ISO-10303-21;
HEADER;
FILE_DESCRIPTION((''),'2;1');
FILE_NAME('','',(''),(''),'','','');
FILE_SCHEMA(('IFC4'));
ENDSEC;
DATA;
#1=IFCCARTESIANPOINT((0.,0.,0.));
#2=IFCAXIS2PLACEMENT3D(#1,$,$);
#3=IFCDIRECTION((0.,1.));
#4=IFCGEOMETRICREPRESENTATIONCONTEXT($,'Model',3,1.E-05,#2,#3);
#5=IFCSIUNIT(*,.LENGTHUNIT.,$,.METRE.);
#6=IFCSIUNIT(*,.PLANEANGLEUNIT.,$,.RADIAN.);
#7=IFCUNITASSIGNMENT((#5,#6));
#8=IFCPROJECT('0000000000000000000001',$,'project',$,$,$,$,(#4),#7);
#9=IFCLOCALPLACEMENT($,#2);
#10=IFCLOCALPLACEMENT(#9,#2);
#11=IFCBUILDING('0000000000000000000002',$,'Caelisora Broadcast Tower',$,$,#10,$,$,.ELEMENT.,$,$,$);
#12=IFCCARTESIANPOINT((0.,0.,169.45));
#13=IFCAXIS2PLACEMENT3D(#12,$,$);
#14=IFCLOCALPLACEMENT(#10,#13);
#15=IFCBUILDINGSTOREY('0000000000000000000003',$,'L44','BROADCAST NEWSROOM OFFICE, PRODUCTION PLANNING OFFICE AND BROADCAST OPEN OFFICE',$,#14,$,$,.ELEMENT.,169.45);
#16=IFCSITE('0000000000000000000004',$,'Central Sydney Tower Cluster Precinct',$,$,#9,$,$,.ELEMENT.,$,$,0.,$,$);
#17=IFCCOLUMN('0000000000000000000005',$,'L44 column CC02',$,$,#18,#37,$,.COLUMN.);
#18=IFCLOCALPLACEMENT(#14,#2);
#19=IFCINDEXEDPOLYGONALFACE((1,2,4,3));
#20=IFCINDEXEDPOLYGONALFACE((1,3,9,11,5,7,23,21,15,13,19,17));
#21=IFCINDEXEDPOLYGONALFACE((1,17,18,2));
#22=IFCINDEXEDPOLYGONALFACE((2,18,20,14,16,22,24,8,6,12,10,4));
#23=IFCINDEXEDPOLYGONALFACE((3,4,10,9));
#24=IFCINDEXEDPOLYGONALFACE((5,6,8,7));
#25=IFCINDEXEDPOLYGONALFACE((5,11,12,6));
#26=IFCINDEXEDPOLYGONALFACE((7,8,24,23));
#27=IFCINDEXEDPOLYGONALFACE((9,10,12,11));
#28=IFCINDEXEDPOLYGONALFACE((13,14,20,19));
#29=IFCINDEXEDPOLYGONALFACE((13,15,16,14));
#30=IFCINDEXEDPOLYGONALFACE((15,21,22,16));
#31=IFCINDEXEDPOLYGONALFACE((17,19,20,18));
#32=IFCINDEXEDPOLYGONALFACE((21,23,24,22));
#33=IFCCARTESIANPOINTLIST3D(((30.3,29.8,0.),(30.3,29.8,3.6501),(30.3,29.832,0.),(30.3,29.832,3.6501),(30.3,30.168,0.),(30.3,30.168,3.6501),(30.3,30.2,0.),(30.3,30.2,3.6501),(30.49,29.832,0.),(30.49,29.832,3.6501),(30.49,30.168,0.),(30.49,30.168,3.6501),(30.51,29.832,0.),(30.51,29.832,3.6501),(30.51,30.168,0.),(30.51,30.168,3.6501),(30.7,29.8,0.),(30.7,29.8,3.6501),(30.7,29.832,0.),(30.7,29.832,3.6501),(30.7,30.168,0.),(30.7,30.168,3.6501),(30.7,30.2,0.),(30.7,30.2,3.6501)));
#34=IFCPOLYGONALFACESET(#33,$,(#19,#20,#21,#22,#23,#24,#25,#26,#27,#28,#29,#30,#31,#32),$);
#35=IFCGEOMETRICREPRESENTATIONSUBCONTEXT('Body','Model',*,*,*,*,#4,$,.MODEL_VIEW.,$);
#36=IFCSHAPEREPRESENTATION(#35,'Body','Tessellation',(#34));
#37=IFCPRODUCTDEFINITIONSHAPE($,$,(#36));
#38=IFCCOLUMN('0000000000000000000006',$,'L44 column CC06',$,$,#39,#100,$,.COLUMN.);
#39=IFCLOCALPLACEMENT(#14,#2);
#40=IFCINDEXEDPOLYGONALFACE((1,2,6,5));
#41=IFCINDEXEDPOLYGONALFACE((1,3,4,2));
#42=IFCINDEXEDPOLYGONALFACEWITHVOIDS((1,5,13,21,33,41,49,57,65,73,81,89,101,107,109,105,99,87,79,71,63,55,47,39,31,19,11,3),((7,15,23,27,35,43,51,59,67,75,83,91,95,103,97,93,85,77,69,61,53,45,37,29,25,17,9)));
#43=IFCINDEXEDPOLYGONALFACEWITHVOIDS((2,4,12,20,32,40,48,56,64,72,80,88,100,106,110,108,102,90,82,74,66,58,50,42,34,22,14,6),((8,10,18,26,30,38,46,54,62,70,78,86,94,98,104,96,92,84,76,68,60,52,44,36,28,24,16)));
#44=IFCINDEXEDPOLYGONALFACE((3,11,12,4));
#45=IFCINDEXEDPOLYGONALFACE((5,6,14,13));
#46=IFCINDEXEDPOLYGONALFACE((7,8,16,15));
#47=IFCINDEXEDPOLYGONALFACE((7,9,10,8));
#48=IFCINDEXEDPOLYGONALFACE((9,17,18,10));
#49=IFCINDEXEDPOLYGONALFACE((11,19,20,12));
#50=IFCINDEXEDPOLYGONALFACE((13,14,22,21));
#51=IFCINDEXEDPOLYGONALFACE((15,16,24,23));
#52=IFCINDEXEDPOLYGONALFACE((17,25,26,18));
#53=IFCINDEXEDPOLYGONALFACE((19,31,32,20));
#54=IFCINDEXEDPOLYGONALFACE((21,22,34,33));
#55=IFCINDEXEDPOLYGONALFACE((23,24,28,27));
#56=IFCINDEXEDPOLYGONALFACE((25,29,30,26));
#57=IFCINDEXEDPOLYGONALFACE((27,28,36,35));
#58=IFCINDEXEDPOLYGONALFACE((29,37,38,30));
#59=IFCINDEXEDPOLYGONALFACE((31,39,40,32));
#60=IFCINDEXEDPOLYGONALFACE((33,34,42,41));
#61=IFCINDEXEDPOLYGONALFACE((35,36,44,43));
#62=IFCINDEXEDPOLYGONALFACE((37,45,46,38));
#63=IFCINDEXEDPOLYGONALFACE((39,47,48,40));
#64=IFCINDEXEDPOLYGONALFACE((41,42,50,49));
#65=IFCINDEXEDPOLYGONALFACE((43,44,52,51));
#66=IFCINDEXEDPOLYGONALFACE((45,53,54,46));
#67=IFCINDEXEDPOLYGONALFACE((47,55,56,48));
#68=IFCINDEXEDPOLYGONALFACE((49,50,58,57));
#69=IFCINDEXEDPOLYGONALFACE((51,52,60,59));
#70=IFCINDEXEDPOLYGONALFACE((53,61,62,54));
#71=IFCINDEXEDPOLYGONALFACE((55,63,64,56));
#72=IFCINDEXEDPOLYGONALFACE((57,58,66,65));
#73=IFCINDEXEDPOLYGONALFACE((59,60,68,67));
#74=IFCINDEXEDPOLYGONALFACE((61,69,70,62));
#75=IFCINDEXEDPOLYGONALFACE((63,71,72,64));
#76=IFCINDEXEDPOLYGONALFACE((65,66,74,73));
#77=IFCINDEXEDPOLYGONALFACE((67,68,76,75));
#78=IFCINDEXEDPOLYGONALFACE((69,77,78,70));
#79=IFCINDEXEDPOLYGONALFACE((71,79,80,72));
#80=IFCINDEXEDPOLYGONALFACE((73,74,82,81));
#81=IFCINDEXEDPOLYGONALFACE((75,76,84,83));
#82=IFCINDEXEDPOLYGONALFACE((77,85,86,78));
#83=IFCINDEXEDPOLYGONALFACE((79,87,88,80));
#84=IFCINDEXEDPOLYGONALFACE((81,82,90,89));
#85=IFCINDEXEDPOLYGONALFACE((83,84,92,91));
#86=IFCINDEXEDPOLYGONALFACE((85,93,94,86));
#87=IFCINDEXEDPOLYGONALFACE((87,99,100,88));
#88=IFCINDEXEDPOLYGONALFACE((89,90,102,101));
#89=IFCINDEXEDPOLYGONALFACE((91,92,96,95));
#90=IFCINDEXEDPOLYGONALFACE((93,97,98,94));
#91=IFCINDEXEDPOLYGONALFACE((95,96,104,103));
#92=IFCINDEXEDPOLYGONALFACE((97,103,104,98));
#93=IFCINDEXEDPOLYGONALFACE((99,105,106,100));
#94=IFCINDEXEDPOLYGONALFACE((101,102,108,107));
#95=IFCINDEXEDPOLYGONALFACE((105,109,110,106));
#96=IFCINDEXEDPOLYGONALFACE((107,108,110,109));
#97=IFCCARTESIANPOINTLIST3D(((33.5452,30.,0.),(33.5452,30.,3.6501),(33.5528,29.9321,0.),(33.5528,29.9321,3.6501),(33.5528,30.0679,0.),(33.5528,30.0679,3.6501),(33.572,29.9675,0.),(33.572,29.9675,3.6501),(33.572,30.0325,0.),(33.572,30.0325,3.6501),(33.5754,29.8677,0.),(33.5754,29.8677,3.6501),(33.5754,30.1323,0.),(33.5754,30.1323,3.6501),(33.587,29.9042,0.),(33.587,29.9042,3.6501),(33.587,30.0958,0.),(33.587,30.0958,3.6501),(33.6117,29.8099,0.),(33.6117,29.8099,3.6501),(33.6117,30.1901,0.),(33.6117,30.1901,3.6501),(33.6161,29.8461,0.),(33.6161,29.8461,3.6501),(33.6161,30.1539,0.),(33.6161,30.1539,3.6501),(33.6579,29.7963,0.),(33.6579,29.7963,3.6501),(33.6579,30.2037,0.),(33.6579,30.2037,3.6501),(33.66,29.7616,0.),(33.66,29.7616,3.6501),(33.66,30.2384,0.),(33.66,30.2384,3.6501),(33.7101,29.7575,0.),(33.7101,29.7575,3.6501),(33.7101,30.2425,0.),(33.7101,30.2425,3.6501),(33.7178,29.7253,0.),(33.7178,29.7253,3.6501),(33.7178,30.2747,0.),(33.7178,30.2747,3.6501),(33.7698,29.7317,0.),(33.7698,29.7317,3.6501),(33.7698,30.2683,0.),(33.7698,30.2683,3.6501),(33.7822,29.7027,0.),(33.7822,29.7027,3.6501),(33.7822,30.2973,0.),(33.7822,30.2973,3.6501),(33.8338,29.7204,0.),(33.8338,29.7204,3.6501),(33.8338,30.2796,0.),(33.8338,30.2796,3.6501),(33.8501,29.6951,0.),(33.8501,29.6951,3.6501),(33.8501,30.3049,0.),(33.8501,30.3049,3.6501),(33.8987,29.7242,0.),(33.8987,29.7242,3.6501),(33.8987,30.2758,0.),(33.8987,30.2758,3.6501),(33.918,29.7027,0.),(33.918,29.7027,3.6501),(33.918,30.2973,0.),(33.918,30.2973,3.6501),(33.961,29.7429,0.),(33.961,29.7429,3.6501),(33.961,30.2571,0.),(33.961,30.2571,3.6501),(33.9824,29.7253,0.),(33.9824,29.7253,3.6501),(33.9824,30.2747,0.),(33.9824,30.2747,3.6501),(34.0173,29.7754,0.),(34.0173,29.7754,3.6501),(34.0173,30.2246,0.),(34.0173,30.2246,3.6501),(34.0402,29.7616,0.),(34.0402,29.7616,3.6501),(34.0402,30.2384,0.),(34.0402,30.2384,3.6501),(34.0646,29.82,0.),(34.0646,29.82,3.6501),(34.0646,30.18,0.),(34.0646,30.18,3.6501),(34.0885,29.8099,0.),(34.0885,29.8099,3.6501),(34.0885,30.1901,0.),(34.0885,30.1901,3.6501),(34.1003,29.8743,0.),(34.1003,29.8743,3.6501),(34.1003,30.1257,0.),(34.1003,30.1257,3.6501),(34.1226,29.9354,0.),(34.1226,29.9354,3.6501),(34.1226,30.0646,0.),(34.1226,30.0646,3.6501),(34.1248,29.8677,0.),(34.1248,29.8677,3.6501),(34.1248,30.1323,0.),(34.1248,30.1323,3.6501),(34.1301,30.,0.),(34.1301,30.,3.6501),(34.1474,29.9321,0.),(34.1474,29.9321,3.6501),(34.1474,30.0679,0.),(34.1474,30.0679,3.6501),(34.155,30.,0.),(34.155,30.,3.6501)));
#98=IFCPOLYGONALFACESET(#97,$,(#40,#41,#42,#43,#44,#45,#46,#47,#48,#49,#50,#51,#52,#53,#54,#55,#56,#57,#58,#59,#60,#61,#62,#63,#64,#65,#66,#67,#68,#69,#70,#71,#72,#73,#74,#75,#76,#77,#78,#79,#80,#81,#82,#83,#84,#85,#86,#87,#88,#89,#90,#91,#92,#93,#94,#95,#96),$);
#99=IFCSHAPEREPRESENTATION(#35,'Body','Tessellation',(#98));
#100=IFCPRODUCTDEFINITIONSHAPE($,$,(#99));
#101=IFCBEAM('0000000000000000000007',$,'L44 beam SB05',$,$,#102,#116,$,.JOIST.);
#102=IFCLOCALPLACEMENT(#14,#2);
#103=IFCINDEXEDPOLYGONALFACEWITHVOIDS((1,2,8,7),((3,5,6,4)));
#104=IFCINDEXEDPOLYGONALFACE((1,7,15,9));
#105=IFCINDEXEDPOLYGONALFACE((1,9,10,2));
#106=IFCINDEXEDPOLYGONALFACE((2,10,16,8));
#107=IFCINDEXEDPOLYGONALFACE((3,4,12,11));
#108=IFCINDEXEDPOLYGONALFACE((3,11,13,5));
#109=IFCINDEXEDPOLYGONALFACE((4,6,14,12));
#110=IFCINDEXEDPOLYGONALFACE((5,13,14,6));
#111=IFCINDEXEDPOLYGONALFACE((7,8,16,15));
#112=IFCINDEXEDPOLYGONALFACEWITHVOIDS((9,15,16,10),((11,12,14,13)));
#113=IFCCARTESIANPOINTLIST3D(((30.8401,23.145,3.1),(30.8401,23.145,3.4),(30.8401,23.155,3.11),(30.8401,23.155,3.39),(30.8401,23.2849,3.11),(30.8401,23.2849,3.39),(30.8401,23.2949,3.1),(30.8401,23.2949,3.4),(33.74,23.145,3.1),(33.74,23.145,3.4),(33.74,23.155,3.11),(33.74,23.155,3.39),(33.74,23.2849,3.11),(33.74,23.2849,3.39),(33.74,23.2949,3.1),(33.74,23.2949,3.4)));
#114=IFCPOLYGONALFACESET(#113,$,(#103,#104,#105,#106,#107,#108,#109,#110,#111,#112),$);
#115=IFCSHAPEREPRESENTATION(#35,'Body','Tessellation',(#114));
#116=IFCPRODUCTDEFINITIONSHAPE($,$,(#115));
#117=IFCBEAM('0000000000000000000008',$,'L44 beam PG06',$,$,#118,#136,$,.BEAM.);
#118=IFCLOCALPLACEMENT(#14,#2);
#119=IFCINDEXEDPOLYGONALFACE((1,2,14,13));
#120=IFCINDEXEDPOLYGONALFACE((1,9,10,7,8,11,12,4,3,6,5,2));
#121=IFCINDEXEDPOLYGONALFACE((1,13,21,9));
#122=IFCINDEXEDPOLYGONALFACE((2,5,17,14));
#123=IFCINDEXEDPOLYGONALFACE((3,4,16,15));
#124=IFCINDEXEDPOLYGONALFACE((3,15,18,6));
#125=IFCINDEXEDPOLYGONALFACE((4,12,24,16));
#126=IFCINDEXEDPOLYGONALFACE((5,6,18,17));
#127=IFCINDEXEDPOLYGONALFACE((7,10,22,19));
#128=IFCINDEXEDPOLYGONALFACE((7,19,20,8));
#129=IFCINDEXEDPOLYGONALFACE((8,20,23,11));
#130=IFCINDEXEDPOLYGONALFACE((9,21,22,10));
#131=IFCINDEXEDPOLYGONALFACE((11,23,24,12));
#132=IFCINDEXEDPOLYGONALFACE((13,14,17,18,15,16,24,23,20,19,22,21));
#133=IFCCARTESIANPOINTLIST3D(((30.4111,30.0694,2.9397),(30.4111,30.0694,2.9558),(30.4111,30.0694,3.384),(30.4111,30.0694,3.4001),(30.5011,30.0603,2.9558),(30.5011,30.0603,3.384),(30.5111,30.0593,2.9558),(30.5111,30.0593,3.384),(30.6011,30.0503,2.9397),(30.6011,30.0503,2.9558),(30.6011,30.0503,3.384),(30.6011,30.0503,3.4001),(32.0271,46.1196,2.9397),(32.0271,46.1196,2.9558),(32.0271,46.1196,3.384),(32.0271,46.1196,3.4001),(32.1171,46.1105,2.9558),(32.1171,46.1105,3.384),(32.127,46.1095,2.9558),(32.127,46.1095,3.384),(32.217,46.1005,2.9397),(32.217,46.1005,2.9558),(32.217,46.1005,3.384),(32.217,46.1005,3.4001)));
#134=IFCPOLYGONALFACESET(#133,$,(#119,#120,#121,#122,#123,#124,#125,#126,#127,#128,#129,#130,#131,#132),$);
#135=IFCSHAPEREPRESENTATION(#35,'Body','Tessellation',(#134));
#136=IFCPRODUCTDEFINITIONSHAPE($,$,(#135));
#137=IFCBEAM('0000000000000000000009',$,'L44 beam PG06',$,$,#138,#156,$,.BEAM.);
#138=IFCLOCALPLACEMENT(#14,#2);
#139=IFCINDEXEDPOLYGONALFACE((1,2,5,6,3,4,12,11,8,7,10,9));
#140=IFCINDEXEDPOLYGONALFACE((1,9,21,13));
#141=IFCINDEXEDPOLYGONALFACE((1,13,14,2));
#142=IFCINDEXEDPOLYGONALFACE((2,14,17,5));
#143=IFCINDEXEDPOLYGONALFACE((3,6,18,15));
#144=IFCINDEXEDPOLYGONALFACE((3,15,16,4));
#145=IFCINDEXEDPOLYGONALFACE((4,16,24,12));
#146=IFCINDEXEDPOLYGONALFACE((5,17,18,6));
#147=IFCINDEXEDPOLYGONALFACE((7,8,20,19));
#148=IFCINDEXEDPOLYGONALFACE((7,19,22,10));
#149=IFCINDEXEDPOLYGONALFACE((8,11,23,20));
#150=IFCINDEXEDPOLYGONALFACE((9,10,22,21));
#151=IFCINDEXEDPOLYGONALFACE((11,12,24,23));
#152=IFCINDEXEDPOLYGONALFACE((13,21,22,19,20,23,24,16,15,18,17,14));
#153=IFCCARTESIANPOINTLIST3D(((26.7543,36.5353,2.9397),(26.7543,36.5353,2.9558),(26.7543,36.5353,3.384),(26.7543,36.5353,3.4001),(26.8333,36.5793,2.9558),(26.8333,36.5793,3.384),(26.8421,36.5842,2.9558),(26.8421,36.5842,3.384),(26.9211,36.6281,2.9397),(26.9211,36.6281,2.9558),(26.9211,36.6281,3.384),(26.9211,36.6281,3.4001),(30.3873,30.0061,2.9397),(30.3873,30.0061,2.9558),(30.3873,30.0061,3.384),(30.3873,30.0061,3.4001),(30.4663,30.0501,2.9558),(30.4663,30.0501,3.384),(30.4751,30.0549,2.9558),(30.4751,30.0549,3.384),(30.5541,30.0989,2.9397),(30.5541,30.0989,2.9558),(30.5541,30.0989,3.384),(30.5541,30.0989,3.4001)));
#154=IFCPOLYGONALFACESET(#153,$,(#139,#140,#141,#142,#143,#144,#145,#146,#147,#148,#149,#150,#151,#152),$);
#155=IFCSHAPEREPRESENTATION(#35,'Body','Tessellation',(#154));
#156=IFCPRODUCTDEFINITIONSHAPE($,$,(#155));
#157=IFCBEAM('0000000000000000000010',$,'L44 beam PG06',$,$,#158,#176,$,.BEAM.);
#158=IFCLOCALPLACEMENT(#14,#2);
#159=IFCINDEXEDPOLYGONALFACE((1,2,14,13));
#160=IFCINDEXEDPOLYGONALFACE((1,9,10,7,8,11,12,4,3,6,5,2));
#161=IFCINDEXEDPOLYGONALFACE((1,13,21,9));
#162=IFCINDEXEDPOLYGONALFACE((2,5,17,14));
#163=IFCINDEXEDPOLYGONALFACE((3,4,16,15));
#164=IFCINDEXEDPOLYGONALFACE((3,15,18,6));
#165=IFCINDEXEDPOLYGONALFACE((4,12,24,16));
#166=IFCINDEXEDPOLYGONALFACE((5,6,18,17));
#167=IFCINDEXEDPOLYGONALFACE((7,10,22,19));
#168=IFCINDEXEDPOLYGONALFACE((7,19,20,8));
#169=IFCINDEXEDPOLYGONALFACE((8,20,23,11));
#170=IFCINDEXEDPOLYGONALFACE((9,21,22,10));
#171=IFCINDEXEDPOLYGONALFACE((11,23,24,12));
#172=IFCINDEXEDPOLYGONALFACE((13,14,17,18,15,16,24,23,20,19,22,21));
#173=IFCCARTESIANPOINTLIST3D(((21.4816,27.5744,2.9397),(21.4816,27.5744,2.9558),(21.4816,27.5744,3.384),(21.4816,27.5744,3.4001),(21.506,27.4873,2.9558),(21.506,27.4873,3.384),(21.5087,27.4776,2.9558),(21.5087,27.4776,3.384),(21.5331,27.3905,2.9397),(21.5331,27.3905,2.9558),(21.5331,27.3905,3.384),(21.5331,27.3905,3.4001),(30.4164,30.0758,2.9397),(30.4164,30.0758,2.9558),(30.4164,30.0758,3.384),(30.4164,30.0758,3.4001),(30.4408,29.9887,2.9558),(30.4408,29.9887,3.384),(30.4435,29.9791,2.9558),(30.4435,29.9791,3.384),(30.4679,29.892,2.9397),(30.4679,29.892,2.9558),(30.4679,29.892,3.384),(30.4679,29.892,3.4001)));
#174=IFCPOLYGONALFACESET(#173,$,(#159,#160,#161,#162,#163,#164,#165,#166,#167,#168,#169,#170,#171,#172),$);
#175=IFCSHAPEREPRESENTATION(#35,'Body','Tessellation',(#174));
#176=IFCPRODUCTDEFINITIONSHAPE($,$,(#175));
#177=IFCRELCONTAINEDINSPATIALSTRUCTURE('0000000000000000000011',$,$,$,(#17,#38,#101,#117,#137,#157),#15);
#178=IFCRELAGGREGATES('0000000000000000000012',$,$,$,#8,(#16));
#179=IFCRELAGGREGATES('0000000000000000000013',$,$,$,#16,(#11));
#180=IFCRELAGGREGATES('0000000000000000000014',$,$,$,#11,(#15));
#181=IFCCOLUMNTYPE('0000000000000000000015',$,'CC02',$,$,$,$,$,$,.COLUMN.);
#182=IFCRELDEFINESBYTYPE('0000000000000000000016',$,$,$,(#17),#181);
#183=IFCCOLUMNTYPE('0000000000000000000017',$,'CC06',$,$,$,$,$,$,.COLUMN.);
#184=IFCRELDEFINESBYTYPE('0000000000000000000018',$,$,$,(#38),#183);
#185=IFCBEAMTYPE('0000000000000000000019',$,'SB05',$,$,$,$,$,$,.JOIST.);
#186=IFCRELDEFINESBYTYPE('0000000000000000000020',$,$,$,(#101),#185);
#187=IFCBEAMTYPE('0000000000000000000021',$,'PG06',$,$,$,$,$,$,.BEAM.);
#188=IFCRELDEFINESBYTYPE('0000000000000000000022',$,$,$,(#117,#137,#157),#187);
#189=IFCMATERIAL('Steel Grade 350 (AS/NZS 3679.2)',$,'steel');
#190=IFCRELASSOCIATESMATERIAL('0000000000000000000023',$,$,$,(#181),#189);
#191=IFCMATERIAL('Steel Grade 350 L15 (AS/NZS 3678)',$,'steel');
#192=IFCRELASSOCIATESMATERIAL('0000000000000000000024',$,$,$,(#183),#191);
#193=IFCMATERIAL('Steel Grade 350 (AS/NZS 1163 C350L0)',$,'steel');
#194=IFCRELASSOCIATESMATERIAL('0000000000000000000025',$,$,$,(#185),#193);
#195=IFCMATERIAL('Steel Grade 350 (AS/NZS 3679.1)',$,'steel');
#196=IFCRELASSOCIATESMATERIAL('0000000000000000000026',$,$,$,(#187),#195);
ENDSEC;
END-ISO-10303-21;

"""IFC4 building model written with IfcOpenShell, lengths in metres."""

from ifc_helpers import new_model, si_unit, direction, frame, origin, origin_2d, place, context, subcontext, project, spatial, hollow_rectangle, hollow_circle, i_section, extrude, source, transform, mapped, material, material_profile, profile_set, type_object, type_shapes, element, save


model = new_model("IFC4")

# Units and contexts
model_context = context("Model", 3, precision=1e-05, world=origin(), true_north=direction((0.0, 1.0)))
body_context = subcontext(model_context, "Body", "Model", "MODEL_VIEW")
ifc_project = project(units=[si_unit("LENGTHUNIT", "METRE"), si_unit("PLANEANGLEUNIT", "RADIAN")], contexts=[model_context])

# Site, building, storey
site_placement = place(None, origin())
site = spatial("IfcSite", under=ifc_project, at=site_placement, Name="Central Sydney Tower Cluster Precinct", CompositionType="ELEMENT", RefElevation=0.0)
building_placement = place(site_placement, origin())
building = spatial("IfcBuilding", under=site, at=building_placement, Name="Caelisora Broadcast Tower", CompositionType="ELEMENT")
storey_placement = place(building_placement, frame((0.0, 0.0, 169.45)))
storey = spatial("IfcBuildingStorey", under=building, at=storey_placement, Name="L44", Description="BROADCAST NEWSROOM OFFICE, PRODUCTION PLANNING OFFICE AND BROADCAST OPEN OFFICE", CompositionType="ELEMENT", Elevation=169.45)

# Columns
ifc_material_1 = material(Name="Steel Grade 350 (AS/NZS 3679.2)", Category="steel")
ifc_material_profile_1 = material_profile(ifc_material_1, i_section(OverallWidth=0.3999, OverallDepth=0.3999, WebThickness=0.02, FlangeThickness=0.032, at=origin_2d()), Name="Steel Grade 350 (AS/NZS 3679.2)")
ifc_profile_set_1 = profile_set([ifc_material_profile_1], Name="Steel Grade 350 (AS/NZS 3679.2)")
column_type_1 = type_object("IfcColumnType", Name="CC02", PredefinedType="COLUMN", material=ifc_profile_set_1)
shared_shape_1 = source(origin(), body_context, "Body", "SweptSolid", [
    extrude(i_section(OverallWidth=0.3999, OverallDepth=0.3999, WebThickness=0.02, FlangeThickness=0.032, at=origin_2d()), origin(), (0.0, 0.0, 1.0), 3.6501),
])
type_shapes(column_type_1, [shared_shape_1])
column_1_placement = place(storey_placement, frame((30.5, 30.0, 0.0), z_axis=(0.0, 0.0, 1.0), x_axis=(1.0, 0.0, 0.0)))
element("IfcColumn", 1, at=column_1_placement, inside=storey, type_object=column_type_1, Name="L44 column CC02", PredefinedType="COLUMN", context=body_context, shape_type="MappedRepresentation", body=[
    mapped(shared_shape_1, transform((0.0, 0.0, 0.0), scale=1.0)),
])
ifc_material_2 = material(Name="Steel Grade 350 L15 (AS/NZS 3678)", Category="steel")
ifc_material_profile_2 = material_profile(ifc_material_2, hollow_circle(Radius=0.3049, WallThickness=0.0249, at=origin_2d()), Name="Steel Grade 350 L15 (AS/NZS 3678)")
ifc_profile_set_2 = profile_set([ifc_material_profile_2], Name="Steel Grade 350 L15 (AS/NZS 3678)")
column_type_2 = type_object("IfcColumnType", Name="CC06", PredefinedType="COLUMN", material=ifc_profile_set_2)
shared_shape_2 = source(origin(), body_context, "Body", "SweptSolid", [
    extrude(hollow_circle(Radius=0.3049, WallThickness=0.0249, at=origin_2d()), origin(), (0.0, 0.0, 1.0), 3.6501),
])
type_shapes(column_type_2, [shared_shape_2])
column_2_placement = place(storey_placement, frame((33.8501, 30.0, 0.0), z_axis=(0.0, 0.0, 1.0), x_axis=(1.0, 0.0, 0.0)))
element("IfcColumn", 2, at=column_2_placement, inside=storey, type_object=column_type_2, Name="L44 column CC06", PredefinedType="COLUMN", context=body_context, shape_type="MappedRepresentation", body=[
    mapped(shared_shape_2, transform((0.0, 0.0, 0.0), scale=1.0)),
])

# Beams
ifc_material_3 = material(Name="Steel Grade 350 (AS/NZS 1163 C350L0)", Category="steel")
ifc_material_profile_3 = material_profile(ifc_material_3, hollow_rectangle(XDim=0.1499, YDim=0.3, WallThickness=0.01, at=origin_2d()), Name="Steel Grade 350 (AS/NZS 1163 C350L0)")
ifc_profile_set_3 = profile_set([ifc_material_profile_3], Name="Steel Grade 350 (AS/NZS 1163 C350L0)")
beam_type_1 = type_object("IfcBeamType", Name="SB05", PredefinedType="JOIST", material=ifc_profile_set_3)
shared_shape_3 = source(origin(), body_context, "Body", "SweptSolid", [
    extrude(hollow_rectangle(XDim=0.1499, YDim=0.3, WallThickness=0.01, at=origin_2d()), origin(), (0.0, 0.0, 1.0), 2.8999),
])
type_shapes(beam_type_1, [shared_shape_3])
beam_1_placement = place(storey_placement, frame((30.8401, 23.22, 3.25), z_axis=(1.0, 0.0, 0.0), x_axis=(0.0, 1.0, 0.0)))
element("IfcBeam", 3, at=beam_1_placement, inside=storey, type_object=beam_type_1, Name="L44 beam SB05", PredefinedType="JOIST", context=body_context, shape_type="MappedRepresentation", body=[
    mapped(shared_shape_3, transform((0.0, 0.0, 0.0), scale=1.0)),
])
ifc_material_4 = material(Name="Steel Grade 350 (AS/NZS 3679.1)", Category="steel")
ifc_material_profile_4 = material_profile(ifc_material_4, i_section(OverallWidth=0.1909, OverallDepth=0.4604, WebThickness=0.01, FlangeThickness=0.0161, at=origin_2d()), Name="Steel Grade 350 (AS/NZS 3679.1)")
ifc_profile_set_4 = profile_set([ifc_material_profile_4], Name="Steel Grade 350 (AS/NZS 3679.1)")
beam_type_2 = type_object("IfcBeamType", Name="PG06", PredefinedType="BEAM", material=ifc_profile_set_4)
shared_shape_4 = source(origin(), body_context, "Body", "SweptSolid", [
    extrude(i_section(OverallWidth=0.1909, OverallDepth=0.4604, WebThickness=0.01, FlangeThickness=0.0161, at=origin_2d()), origin(), (0.0, 0.0, 1.0), 16.1313),
])
beam_2_placement = place(storey_placement, frame((30.5061, 30.0598, 3.1699), z_axis=(0.100175, 0.99497, 0.0), x_axis=(-0.99497, 0.100175, 0.0)))
element("IfcBeam", 4, at=beam_2_placement, inside=storey, type_object=beam_type_2, Name="L44 beam PG06", PredefinedType="BEAM", context=body_context, shape_type="MappedRepresentation", body=[
    mapped(shared_shape_4, transform((0.0, 0.0, 0.0), scale=1.0)),
])
shared_shape_5 = source(origin(), body_context, "Body", "SweptSolid", [
    extrude(i_section(OverallWidth=0.1909, OverallDepth=0.4604, WebThickness=0.01, FlangeThickness=0.0161, at=origin_2d()), origin(), (0.0, 0.0, 1.0), 7.4719),
])
beam_3_placement = place(storey_placement, frame((30.4707, 30.0525, 3.1699), z_axis=(-0.486223, 0.873835, 0.0), x_axis=(-0.873835, -0.486223, 0.0)))
element("IfcBeam", 5, at=beam_3_placement, inside=storey, type_object=beam_type_2, Name="L44 beam PG06", PredefinedType="BEAM", context=body_context, shape_type="MappedRepresentation", body=[
    mapped(shared_shape_5, transform((0.0, 0.0, 0.0), scale=1.0)),
])
shared_shape_6 = source(origin(), body_context, "Body", "SweptSolid", [
    extrude(i_section(OverallWidth=0.1909, OverallDepth=0.4604, WebThickness=0.01, FlangeThickness=0.0161, at=origin_2d()), origin(), (0.0, 0.0, 1.0), 9.2783),
])
type_shapes(beam_type_2, [shared_shape_4, shared_shape_5, shared_shape_6])
beam_4_placement = place(storey_placement, frame((30.4421, 29.9839, 3.1699), z_axis=(-0.962972, -0.269602, 0.0), x_axis=(0.269602, -0.962972, 0.0)))
element("IfcBeam", 6, at=beam_4_placement, inside=storey, type_object=beam_type_2, Name="L44 beam PG06", PredefinedType="BEAM", context=body_context, shape_type="MappedRepresentation", body=[
    mapped(shared_shape_6, transform((0.0, 0.0, 0.0), scale=1.0)),
])

save(model, "model.ifc")
